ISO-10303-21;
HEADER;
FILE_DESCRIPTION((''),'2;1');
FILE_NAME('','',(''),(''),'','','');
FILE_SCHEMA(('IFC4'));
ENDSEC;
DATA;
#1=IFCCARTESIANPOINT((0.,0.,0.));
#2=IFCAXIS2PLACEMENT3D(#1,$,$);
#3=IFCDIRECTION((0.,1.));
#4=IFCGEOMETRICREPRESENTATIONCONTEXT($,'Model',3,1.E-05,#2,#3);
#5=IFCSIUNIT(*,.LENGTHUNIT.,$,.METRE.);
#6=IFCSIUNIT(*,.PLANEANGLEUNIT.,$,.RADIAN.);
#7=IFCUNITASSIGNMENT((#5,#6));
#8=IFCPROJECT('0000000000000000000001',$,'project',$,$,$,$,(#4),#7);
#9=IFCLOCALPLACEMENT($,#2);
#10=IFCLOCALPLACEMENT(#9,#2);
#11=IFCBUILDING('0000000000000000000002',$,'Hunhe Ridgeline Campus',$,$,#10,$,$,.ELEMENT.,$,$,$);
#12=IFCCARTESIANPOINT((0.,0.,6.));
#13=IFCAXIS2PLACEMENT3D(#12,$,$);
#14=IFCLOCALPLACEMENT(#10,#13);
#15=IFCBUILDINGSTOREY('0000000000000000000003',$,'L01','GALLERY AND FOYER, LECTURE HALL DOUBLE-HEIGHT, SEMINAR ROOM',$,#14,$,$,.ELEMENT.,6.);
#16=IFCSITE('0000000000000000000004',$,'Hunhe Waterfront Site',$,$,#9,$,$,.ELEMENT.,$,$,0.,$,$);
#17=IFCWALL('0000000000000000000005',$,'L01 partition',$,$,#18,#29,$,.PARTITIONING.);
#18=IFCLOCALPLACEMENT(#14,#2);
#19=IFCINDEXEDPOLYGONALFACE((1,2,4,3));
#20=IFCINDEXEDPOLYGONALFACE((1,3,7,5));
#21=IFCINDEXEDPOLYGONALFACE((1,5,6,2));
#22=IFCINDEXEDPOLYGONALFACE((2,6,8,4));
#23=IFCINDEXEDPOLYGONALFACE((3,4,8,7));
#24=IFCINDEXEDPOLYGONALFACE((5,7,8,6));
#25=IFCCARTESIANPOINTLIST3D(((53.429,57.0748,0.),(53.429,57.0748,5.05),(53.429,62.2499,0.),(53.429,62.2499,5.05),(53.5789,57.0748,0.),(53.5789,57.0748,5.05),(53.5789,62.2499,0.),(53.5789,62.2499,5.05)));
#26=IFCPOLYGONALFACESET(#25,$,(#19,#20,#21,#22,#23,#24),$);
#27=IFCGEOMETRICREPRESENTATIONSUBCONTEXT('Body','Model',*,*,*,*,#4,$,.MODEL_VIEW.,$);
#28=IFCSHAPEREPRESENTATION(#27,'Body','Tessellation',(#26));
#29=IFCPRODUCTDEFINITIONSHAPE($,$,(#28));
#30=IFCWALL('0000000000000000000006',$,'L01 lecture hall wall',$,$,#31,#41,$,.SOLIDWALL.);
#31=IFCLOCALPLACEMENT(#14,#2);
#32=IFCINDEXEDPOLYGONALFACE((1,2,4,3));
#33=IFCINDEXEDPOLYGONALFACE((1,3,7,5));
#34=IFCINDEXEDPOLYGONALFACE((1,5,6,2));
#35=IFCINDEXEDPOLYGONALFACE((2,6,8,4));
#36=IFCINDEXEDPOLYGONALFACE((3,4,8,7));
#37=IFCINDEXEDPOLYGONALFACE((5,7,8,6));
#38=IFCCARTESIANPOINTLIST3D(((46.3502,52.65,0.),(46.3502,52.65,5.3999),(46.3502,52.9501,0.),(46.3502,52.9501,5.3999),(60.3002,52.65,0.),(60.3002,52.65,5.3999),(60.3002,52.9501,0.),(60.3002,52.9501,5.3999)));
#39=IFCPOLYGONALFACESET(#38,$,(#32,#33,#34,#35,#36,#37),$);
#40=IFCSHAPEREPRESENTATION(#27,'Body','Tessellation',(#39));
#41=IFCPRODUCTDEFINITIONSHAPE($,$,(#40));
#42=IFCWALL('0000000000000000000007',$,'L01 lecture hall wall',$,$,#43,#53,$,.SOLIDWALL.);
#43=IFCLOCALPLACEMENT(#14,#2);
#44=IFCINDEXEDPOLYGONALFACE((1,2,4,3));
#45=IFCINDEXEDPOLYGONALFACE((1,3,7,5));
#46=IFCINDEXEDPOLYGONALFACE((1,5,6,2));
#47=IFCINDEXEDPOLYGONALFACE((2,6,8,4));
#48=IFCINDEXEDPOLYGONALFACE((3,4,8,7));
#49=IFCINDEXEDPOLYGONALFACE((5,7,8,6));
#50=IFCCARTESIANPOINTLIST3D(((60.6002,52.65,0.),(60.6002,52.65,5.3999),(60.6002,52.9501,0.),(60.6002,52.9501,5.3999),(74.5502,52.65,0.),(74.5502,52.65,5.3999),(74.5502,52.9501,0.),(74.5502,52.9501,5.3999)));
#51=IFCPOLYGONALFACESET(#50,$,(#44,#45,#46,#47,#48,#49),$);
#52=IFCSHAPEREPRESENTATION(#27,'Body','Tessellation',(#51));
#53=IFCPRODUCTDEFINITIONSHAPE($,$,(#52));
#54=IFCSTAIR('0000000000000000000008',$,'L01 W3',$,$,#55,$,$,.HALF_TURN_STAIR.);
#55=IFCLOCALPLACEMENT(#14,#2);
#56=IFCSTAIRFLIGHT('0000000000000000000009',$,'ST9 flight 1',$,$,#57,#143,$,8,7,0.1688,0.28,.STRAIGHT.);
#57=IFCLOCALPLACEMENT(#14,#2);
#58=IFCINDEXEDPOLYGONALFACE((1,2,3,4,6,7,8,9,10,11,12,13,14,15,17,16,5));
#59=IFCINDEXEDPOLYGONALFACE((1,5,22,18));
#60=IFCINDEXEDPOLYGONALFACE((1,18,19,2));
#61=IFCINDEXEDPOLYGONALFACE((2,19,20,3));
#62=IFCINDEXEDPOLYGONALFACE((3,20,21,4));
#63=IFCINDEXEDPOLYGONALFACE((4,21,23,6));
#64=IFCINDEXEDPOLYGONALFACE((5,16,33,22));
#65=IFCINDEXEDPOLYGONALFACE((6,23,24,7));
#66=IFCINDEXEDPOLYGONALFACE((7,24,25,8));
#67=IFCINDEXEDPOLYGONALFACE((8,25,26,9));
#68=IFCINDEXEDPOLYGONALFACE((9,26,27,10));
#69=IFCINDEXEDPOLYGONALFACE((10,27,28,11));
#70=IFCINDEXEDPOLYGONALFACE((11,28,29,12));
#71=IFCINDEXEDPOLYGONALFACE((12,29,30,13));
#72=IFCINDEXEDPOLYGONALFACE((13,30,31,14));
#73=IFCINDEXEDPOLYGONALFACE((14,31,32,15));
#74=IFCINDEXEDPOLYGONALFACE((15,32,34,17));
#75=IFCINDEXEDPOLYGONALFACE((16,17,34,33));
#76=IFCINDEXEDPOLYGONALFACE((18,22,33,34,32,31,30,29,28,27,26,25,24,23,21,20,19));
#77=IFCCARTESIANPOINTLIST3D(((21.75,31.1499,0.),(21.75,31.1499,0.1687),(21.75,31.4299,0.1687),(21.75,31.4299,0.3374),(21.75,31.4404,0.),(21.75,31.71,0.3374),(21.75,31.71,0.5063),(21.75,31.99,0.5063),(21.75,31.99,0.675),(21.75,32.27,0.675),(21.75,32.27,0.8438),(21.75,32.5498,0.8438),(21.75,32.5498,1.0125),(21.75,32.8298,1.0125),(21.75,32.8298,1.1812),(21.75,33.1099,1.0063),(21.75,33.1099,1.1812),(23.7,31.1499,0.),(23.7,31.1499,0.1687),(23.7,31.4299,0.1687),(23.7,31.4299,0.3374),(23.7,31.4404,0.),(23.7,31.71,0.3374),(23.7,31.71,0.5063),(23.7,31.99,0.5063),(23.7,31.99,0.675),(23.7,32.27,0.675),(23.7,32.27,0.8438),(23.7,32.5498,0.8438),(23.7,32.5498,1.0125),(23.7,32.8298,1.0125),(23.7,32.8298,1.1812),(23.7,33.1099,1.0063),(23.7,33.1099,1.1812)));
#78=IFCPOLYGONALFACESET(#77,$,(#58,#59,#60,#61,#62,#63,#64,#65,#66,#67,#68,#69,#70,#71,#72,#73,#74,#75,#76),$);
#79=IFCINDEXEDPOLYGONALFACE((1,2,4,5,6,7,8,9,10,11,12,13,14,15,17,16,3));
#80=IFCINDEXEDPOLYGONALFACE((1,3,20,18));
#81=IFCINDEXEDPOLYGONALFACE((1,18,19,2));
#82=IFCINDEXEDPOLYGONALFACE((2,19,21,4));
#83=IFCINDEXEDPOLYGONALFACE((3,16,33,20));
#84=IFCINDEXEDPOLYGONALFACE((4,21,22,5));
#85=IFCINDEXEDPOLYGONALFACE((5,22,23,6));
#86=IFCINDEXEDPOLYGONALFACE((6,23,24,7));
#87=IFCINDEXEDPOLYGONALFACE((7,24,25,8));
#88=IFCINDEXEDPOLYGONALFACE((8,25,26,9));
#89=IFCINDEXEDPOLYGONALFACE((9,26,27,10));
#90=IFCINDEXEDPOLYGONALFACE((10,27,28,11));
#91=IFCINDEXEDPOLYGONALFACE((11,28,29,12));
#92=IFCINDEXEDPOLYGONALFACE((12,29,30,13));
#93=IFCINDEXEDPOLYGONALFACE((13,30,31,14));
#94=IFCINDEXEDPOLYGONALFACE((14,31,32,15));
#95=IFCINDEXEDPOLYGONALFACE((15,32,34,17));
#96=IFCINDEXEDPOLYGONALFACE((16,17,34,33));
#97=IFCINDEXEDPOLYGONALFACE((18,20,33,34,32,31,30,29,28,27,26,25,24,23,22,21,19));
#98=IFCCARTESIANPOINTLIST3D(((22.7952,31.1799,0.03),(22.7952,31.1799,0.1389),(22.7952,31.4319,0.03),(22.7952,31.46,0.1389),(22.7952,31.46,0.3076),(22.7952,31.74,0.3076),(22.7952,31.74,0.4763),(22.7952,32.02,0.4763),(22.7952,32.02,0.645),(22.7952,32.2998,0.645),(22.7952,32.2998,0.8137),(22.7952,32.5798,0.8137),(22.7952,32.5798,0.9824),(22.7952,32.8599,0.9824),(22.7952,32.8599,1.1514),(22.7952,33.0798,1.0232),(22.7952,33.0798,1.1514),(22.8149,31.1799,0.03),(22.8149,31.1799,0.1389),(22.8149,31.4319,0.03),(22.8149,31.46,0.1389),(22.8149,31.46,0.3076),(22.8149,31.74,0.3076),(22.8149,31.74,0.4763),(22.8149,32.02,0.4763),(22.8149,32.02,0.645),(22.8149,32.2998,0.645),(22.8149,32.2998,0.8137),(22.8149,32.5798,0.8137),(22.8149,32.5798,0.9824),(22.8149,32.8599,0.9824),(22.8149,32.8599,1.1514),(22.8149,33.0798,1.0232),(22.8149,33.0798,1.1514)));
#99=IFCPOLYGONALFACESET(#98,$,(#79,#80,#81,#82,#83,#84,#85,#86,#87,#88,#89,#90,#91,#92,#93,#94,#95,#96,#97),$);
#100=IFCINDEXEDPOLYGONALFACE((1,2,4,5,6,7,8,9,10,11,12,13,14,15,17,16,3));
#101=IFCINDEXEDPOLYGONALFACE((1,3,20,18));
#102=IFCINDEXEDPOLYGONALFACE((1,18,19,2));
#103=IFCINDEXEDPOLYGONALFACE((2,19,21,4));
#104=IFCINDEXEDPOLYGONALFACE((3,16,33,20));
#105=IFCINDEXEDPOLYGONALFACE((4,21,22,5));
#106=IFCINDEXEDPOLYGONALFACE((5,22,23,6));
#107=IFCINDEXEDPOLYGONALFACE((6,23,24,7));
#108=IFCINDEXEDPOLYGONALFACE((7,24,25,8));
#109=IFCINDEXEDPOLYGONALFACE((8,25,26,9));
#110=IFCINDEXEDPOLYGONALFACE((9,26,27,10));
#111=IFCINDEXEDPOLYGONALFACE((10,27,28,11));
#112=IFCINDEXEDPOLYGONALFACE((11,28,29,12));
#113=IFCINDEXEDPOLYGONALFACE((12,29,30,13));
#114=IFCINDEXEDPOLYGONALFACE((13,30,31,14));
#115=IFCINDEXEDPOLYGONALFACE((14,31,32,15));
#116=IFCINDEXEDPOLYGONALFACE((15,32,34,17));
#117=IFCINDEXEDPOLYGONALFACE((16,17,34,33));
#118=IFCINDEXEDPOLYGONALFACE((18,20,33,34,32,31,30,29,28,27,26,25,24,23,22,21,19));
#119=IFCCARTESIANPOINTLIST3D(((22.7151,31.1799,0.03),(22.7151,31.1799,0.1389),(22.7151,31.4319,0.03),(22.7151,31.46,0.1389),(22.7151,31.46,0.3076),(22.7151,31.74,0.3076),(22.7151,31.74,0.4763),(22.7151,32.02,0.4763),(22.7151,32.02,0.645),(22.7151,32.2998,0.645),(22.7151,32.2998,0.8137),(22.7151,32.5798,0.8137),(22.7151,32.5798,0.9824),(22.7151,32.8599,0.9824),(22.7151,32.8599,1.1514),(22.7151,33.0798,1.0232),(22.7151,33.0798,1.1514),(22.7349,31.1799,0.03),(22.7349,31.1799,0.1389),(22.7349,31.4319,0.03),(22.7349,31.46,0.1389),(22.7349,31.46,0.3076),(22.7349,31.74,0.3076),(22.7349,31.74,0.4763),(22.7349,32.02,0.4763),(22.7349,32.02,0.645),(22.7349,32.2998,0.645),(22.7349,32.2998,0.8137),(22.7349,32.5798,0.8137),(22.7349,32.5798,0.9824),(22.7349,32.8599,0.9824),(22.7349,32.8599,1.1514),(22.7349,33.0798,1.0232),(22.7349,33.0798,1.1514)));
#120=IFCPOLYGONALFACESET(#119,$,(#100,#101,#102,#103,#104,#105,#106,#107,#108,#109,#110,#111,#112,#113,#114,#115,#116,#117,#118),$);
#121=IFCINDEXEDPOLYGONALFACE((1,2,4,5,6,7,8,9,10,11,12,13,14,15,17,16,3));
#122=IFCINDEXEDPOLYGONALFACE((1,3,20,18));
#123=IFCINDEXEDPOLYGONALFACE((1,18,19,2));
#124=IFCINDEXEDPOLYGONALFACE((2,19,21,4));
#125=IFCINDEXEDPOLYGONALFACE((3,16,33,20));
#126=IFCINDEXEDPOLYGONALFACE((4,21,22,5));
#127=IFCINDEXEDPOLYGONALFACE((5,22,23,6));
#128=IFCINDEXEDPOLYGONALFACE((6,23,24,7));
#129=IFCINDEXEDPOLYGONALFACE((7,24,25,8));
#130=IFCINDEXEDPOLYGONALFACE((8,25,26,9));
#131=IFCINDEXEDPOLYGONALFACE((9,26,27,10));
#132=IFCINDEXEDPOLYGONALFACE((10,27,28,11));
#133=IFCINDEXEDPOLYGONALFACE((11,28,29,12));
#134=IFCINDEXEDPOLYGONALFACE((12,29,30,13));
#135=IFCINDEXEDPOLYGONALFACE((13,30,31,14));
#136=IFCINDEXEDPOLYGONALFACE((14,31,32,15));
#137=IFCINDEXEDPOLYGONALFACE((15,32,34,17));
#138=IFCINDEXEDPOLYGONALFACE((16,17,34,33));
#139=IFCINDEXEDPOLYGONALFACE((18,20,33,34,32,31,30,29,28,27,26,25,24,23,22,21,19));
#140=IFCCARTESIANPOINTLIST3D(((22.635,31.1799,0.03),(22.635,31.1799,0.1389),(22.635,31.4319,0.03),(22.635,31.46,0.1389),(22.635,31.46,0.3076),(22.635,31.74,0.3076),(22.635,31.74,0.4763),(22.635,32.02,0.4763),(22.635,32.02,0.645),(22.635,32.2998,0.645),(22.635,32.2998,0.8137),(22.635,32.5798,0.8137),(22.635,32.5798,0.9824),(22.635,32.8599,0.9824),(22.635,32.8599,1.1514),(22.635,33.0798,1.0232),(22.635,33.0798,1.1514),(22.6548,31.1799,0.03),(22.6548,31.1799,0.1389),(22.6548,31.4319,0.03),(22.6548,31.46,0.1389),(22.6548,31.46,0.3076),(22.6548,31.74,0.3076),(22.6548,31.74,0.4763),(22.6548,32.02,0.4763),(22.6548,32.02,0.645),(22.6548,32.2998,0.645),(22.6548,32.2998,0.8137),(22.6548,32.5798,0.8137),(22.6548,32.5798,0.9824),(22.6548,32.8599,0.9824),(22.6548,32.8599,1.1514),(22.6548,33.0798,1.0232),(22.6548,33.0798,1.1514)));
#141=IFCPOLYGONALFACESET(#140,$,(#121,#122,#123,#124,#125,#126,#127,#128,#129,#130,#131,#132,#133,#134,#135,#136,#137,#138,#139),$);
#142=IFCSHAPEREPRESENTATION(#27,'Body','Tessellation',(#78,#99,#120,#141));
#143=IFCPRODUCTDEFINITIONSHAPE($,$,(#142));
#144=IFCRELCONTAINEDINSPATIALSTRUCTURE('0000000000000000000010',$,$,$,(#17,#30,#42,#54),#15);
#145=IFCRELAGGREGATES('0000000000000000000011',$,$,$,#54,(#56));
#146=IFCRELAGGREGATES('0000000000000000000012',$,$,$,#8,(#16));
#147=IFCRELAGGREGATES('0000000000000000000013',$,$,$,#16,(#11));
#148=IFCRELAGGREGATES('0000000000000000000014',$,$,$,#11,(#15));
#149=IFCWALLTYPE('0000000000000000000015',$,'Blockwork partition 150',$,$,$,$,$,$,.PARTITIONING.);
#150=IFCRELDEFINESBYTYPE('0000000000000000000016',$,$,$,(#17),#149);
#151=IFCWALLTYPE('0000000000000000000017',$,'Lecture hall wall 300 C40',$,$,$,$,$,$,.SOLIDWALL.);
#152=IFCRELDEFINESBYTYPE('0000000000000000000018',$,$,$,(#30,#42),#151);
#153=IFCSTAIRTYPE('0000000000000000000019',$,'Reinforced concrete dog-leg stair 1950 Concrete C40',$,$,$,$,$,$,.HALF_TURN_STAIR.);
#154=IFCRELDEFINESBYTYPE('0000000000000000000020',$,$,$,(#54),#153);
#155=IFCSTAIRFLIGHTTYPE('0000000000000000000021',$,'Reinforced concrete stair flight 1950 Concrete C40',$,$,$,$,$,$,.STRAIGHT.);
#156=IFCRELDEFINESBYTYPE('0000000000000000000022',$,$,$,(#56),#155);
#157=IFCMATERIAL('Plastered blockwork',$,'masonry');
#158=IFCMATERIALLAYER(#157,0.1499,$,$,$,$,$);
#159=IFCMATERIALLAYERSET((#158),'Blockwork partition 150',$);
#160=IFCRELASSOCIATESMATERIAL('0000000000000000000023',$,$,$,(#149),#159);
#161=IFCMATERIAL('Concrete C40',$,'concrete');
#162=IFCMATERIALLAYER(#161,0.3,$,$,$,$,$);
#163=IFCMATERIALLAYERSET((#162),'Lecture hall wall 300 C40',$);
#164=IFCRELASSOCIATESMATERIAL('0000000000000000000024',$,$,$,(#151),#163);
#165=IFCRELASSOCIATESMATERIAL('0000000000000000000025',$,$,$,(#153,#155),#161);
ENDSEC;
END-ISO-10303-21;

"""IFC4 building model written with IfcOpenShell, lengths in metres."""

from ifc_helpers import new_model, si_unit, direction, frame, frame_2d, origin, place, context, subcontext, project, spatial, polyline, rectangle, outline, extrude, material, layer, layer_set, type_object, element, aggregate, save


model = new_model("IFC4")

# Units and contexts
model_context = context("Model", 3, precision=1e-05, world=origin(), true_north=direction((0.0, 1.0)))
body_context = subcontext(model_context, "Body", "Model", "MODEL_VIEW")
ifc_project = project(units=[si_unit("LENGTHUNIT", "METRE"), si_unit("PLANEANGLEUNIT", "RADIAN")], contexts=[model_context])

# Site, building, storey
site_placement = place(None, origin())
site = spatial("IfcSite", under=ifc_project, at=site_placement, Name="Hunhe Waterfront Site", CompositionType="ELEMENT", RefElevation=0.0)
building_placement = place(site_placement, origin())
building = spatial("IfcBuilding", under=site, at=building_placement, Name="Hunhe Ridgeline Campus", CompositionType="ELEMENT")
storey_placement = place(building_placement, frame((0.0, 0.0, 6.0)))
storey = spatial("IfcBuildingStorey", under=building, at=storey_placement, Name="L01", Description="GALLERY AND FOYER, LECTURE HALL DOUBLE-HEIGHT, SEMINAR ROOM", CompositionType="ELEMENT", Elevation=6.0)

# Wall
ifc_material_1 = material(Name="Plastered blockwork", Category="masonry")
ifc_layer_1 = layer(ifc_material_1, 0.1499)
ifc_layer_set_1 = layer_set([ifc_layer_1], Name="Blockwork partition 150")
wall_type_1 = type_object("IfcWallType", Name="Blockwork partition 150", PredefinedType="PARTITIONING", material=ifc_layer_set_1)
wall_1_placement = place(storey_placement, frame((53.5039, 57.075, 0.0), z_axis=(0.0, 0.0, 1.0), x_axis=(0.0, 1.0, 0.0)))
element("IfcWall", 1, at=wall_1_placement, inside=storey, type_object=wall_type_1, Name="L01 partition", PredefinedType="PARTITIONING", context=body_context, shape_type="SweptSolid", body=[
    extrude(rectangle(XDim=5.175, YDim=0.1499, at=frame_2d((2.5874, 0.0))), origin(), (0.0, 0.0, 1.0), 5.05),
])

# Shared definitions
ifc_material_2 = material(Name="Concrete C40", Category="concrete")
ifc_layer_2 = layer(ifc_material_2, 0.3)
ifc_layer_set_2 = layer_set([ifc_layer_2], Name="Lecture hall wall 300 C40")
wall_type_2 = type_object("IfcWallType", Name="Lecture hall wall 300 C40", PredefinedType="SOLIDWALL", material=ifc_layer_set_2)

# Walls
for number, where, z_axis, x_axis, name in (
    (2, (46.3501, 52.8, 0.0), (0.0, 0.0, 1.0), (1.0, 0.0, 0.0), "L01 lecture hall wall"),
    (3, (60.6001, 52.8, 0.0), (0.0, 0.0, 1.0), (1.0, 0.0, 0.0), "L01 lecture hall wall"),
):
    element("IfcWall", number, at=place(storey_placement, frame(where, z_axis=z_axis, x_axis=x_axis)), inside=storey, type_object=wall_type_2, Name=name, PredefinedType="SOLIDWALL", context=body_context, shape_type="SweptSolid", body=[
        extrude(rectangle(XDim=13.95, YDim=0.3, at=frame_2d((6.9751, 0.0))), origin(), (0.0, 0.0, 1.0), 5.3999),
    ])

# Stair, stair flight
stair_type = type_object("IfcStairType", Name="Reinforced concrete dog-leg stair 1950 Concrete C40", PredefinedType="HALF_TURN_STAIR", material=ifc_material_2)
stair_placement = place(storey_placement, origin())
stair = element("IfcStair", 4, at=stair_placement, inside=storey, type_object=stair_type, Name="L01 W3", PredefinedType="HALF_TURN_STAIR")
stair_flight_type = type_object("IfcStairFlightType", Name="Reinforced concrete stair flight 1950 Concrete C40", PredefinedType="STRAIGHT", material=ifc_material_2)
stair_flight_1_placement = place(storey_placement, frame((22.7251, 31.1499, 0.0), z_axis=(0.0, 0.0, 1.0), x_axis=(0.0, 1.0, 0.0)))
stair_flight_1 = element("IfcStairFlight", 5, at=stair_flight_1_placement, type_object=stair_flight_type, Name="ST9 flight 1", NumberOfRisers=8, NumberOfTreads=7, PredefinedType="STRAIGHT", RiserHeight=0.1688, TreadLength=0.28, context=body_context, shape_type="SweptSolid", body=[
    extrude(outline(polyline([(0.0, 0.0), (0.0, 0.1687), (0.28, 0.1687), (0.28, 0.3374), (0.5601, 0.3374), (0.5601, 0.5063), (0.8401, 0.5063), (0.8401, 0.675), (1.1201, 0.675), (1.1201, 0.8438), (1.3999, 0.8438), (1.3999, 1.0125), (1.6799, 1.0125), (1.6799, 1.1812), (1.96, 1.1812), (1.96, 1.3501), (1.96, 1.0063), (0.2905, 0.0), (0.0, 0.0)])), frame((0.0, 0.9751, 0.0), z_axis=(0.0, -1.0, 0.0), x_axis=(1.0, 0.0, 0.0)), (0.0, 0.0, 1.0), 1.95),
    extrude(outline(polyline([(0.03, 0.03), (0.03, 0.1389), (0.3101, 0.1389), (0.3101, 0.3076), (0.5901, 0.3076), (0.5901, 0.4763), (0.8701, 0.4763), (0.8701, 0.645), (1.1499, 0.645), (1.1499, 0.8137), (1.4299, 0.8137), (1.4299, 0.9824), (1.71, 0.9824), (1.71, 1.1514), (1.9299, 1.1514), (1.9299, 1.0232), (0.282, 0.03), (0.03, 0.03)])), frame((0.0, -0.0701, 0.0), z_axis=(0.0, -1.0, 0.0), x_axis=(1.0, 0.0, 0.0)), (0.0, 0.0, 1.0), 0.0198),
    extrude(outline(polyline([(0.03, 0.03), (0.03, 0.1389), (0.3101, 0.1389), (0.3101, 0.3076), (0.5901, 0.3076), (0.5901, 0.4763), (0.8701, 0.4763), (0.8701, 0.645), (1.1499, 0.645), (1.1499, 0.8137), (1.4299, 0.8137), (1.4299, 0.9824), (1.71, 0.9824), (1.71, 1.1514), (1.9299, 1.1514), (1.9299, 1.0232), (0.282, 0.03), (0.03, 0.03)])), frame((0.0, 0.01, 0.0), z_axis=(0.0, -1.0, 0.0), x_axis=(1.0, 0.0, 0.0)), (0.0, 0.0, 1.0), 0.0198),
    extrude(outline(polyline([(0.03, 0.03), (0.03, 0.1389), (0.3101, 0.1389), (0.3101, 0.3076), (0.5901, 0.3076), (0.5901, 0.4763), (0.8701, 0.4763), (0.8701, 0.645), (1.1499, 0.645), (1.1499, 0.8137), (1.4299, 0.8137), (1.4299, 0.9824), (1.71, 0.9824), (1.71, 1.1514), (1.9299, 1.1514), (1.9299, 1.0232), (0.282, 0.03), (0.03, 0.03)])), frame((0.0, 0.0901, 0.0), z_axis=(0.0, -1.0, 0.0), x_axis=(1.0, 0.0, 0.0)), (0.0, 0.0, 1.0), 0.0198),
])
aggregate(stair, [stair_flight_1])

save(model, "model.ifc")
